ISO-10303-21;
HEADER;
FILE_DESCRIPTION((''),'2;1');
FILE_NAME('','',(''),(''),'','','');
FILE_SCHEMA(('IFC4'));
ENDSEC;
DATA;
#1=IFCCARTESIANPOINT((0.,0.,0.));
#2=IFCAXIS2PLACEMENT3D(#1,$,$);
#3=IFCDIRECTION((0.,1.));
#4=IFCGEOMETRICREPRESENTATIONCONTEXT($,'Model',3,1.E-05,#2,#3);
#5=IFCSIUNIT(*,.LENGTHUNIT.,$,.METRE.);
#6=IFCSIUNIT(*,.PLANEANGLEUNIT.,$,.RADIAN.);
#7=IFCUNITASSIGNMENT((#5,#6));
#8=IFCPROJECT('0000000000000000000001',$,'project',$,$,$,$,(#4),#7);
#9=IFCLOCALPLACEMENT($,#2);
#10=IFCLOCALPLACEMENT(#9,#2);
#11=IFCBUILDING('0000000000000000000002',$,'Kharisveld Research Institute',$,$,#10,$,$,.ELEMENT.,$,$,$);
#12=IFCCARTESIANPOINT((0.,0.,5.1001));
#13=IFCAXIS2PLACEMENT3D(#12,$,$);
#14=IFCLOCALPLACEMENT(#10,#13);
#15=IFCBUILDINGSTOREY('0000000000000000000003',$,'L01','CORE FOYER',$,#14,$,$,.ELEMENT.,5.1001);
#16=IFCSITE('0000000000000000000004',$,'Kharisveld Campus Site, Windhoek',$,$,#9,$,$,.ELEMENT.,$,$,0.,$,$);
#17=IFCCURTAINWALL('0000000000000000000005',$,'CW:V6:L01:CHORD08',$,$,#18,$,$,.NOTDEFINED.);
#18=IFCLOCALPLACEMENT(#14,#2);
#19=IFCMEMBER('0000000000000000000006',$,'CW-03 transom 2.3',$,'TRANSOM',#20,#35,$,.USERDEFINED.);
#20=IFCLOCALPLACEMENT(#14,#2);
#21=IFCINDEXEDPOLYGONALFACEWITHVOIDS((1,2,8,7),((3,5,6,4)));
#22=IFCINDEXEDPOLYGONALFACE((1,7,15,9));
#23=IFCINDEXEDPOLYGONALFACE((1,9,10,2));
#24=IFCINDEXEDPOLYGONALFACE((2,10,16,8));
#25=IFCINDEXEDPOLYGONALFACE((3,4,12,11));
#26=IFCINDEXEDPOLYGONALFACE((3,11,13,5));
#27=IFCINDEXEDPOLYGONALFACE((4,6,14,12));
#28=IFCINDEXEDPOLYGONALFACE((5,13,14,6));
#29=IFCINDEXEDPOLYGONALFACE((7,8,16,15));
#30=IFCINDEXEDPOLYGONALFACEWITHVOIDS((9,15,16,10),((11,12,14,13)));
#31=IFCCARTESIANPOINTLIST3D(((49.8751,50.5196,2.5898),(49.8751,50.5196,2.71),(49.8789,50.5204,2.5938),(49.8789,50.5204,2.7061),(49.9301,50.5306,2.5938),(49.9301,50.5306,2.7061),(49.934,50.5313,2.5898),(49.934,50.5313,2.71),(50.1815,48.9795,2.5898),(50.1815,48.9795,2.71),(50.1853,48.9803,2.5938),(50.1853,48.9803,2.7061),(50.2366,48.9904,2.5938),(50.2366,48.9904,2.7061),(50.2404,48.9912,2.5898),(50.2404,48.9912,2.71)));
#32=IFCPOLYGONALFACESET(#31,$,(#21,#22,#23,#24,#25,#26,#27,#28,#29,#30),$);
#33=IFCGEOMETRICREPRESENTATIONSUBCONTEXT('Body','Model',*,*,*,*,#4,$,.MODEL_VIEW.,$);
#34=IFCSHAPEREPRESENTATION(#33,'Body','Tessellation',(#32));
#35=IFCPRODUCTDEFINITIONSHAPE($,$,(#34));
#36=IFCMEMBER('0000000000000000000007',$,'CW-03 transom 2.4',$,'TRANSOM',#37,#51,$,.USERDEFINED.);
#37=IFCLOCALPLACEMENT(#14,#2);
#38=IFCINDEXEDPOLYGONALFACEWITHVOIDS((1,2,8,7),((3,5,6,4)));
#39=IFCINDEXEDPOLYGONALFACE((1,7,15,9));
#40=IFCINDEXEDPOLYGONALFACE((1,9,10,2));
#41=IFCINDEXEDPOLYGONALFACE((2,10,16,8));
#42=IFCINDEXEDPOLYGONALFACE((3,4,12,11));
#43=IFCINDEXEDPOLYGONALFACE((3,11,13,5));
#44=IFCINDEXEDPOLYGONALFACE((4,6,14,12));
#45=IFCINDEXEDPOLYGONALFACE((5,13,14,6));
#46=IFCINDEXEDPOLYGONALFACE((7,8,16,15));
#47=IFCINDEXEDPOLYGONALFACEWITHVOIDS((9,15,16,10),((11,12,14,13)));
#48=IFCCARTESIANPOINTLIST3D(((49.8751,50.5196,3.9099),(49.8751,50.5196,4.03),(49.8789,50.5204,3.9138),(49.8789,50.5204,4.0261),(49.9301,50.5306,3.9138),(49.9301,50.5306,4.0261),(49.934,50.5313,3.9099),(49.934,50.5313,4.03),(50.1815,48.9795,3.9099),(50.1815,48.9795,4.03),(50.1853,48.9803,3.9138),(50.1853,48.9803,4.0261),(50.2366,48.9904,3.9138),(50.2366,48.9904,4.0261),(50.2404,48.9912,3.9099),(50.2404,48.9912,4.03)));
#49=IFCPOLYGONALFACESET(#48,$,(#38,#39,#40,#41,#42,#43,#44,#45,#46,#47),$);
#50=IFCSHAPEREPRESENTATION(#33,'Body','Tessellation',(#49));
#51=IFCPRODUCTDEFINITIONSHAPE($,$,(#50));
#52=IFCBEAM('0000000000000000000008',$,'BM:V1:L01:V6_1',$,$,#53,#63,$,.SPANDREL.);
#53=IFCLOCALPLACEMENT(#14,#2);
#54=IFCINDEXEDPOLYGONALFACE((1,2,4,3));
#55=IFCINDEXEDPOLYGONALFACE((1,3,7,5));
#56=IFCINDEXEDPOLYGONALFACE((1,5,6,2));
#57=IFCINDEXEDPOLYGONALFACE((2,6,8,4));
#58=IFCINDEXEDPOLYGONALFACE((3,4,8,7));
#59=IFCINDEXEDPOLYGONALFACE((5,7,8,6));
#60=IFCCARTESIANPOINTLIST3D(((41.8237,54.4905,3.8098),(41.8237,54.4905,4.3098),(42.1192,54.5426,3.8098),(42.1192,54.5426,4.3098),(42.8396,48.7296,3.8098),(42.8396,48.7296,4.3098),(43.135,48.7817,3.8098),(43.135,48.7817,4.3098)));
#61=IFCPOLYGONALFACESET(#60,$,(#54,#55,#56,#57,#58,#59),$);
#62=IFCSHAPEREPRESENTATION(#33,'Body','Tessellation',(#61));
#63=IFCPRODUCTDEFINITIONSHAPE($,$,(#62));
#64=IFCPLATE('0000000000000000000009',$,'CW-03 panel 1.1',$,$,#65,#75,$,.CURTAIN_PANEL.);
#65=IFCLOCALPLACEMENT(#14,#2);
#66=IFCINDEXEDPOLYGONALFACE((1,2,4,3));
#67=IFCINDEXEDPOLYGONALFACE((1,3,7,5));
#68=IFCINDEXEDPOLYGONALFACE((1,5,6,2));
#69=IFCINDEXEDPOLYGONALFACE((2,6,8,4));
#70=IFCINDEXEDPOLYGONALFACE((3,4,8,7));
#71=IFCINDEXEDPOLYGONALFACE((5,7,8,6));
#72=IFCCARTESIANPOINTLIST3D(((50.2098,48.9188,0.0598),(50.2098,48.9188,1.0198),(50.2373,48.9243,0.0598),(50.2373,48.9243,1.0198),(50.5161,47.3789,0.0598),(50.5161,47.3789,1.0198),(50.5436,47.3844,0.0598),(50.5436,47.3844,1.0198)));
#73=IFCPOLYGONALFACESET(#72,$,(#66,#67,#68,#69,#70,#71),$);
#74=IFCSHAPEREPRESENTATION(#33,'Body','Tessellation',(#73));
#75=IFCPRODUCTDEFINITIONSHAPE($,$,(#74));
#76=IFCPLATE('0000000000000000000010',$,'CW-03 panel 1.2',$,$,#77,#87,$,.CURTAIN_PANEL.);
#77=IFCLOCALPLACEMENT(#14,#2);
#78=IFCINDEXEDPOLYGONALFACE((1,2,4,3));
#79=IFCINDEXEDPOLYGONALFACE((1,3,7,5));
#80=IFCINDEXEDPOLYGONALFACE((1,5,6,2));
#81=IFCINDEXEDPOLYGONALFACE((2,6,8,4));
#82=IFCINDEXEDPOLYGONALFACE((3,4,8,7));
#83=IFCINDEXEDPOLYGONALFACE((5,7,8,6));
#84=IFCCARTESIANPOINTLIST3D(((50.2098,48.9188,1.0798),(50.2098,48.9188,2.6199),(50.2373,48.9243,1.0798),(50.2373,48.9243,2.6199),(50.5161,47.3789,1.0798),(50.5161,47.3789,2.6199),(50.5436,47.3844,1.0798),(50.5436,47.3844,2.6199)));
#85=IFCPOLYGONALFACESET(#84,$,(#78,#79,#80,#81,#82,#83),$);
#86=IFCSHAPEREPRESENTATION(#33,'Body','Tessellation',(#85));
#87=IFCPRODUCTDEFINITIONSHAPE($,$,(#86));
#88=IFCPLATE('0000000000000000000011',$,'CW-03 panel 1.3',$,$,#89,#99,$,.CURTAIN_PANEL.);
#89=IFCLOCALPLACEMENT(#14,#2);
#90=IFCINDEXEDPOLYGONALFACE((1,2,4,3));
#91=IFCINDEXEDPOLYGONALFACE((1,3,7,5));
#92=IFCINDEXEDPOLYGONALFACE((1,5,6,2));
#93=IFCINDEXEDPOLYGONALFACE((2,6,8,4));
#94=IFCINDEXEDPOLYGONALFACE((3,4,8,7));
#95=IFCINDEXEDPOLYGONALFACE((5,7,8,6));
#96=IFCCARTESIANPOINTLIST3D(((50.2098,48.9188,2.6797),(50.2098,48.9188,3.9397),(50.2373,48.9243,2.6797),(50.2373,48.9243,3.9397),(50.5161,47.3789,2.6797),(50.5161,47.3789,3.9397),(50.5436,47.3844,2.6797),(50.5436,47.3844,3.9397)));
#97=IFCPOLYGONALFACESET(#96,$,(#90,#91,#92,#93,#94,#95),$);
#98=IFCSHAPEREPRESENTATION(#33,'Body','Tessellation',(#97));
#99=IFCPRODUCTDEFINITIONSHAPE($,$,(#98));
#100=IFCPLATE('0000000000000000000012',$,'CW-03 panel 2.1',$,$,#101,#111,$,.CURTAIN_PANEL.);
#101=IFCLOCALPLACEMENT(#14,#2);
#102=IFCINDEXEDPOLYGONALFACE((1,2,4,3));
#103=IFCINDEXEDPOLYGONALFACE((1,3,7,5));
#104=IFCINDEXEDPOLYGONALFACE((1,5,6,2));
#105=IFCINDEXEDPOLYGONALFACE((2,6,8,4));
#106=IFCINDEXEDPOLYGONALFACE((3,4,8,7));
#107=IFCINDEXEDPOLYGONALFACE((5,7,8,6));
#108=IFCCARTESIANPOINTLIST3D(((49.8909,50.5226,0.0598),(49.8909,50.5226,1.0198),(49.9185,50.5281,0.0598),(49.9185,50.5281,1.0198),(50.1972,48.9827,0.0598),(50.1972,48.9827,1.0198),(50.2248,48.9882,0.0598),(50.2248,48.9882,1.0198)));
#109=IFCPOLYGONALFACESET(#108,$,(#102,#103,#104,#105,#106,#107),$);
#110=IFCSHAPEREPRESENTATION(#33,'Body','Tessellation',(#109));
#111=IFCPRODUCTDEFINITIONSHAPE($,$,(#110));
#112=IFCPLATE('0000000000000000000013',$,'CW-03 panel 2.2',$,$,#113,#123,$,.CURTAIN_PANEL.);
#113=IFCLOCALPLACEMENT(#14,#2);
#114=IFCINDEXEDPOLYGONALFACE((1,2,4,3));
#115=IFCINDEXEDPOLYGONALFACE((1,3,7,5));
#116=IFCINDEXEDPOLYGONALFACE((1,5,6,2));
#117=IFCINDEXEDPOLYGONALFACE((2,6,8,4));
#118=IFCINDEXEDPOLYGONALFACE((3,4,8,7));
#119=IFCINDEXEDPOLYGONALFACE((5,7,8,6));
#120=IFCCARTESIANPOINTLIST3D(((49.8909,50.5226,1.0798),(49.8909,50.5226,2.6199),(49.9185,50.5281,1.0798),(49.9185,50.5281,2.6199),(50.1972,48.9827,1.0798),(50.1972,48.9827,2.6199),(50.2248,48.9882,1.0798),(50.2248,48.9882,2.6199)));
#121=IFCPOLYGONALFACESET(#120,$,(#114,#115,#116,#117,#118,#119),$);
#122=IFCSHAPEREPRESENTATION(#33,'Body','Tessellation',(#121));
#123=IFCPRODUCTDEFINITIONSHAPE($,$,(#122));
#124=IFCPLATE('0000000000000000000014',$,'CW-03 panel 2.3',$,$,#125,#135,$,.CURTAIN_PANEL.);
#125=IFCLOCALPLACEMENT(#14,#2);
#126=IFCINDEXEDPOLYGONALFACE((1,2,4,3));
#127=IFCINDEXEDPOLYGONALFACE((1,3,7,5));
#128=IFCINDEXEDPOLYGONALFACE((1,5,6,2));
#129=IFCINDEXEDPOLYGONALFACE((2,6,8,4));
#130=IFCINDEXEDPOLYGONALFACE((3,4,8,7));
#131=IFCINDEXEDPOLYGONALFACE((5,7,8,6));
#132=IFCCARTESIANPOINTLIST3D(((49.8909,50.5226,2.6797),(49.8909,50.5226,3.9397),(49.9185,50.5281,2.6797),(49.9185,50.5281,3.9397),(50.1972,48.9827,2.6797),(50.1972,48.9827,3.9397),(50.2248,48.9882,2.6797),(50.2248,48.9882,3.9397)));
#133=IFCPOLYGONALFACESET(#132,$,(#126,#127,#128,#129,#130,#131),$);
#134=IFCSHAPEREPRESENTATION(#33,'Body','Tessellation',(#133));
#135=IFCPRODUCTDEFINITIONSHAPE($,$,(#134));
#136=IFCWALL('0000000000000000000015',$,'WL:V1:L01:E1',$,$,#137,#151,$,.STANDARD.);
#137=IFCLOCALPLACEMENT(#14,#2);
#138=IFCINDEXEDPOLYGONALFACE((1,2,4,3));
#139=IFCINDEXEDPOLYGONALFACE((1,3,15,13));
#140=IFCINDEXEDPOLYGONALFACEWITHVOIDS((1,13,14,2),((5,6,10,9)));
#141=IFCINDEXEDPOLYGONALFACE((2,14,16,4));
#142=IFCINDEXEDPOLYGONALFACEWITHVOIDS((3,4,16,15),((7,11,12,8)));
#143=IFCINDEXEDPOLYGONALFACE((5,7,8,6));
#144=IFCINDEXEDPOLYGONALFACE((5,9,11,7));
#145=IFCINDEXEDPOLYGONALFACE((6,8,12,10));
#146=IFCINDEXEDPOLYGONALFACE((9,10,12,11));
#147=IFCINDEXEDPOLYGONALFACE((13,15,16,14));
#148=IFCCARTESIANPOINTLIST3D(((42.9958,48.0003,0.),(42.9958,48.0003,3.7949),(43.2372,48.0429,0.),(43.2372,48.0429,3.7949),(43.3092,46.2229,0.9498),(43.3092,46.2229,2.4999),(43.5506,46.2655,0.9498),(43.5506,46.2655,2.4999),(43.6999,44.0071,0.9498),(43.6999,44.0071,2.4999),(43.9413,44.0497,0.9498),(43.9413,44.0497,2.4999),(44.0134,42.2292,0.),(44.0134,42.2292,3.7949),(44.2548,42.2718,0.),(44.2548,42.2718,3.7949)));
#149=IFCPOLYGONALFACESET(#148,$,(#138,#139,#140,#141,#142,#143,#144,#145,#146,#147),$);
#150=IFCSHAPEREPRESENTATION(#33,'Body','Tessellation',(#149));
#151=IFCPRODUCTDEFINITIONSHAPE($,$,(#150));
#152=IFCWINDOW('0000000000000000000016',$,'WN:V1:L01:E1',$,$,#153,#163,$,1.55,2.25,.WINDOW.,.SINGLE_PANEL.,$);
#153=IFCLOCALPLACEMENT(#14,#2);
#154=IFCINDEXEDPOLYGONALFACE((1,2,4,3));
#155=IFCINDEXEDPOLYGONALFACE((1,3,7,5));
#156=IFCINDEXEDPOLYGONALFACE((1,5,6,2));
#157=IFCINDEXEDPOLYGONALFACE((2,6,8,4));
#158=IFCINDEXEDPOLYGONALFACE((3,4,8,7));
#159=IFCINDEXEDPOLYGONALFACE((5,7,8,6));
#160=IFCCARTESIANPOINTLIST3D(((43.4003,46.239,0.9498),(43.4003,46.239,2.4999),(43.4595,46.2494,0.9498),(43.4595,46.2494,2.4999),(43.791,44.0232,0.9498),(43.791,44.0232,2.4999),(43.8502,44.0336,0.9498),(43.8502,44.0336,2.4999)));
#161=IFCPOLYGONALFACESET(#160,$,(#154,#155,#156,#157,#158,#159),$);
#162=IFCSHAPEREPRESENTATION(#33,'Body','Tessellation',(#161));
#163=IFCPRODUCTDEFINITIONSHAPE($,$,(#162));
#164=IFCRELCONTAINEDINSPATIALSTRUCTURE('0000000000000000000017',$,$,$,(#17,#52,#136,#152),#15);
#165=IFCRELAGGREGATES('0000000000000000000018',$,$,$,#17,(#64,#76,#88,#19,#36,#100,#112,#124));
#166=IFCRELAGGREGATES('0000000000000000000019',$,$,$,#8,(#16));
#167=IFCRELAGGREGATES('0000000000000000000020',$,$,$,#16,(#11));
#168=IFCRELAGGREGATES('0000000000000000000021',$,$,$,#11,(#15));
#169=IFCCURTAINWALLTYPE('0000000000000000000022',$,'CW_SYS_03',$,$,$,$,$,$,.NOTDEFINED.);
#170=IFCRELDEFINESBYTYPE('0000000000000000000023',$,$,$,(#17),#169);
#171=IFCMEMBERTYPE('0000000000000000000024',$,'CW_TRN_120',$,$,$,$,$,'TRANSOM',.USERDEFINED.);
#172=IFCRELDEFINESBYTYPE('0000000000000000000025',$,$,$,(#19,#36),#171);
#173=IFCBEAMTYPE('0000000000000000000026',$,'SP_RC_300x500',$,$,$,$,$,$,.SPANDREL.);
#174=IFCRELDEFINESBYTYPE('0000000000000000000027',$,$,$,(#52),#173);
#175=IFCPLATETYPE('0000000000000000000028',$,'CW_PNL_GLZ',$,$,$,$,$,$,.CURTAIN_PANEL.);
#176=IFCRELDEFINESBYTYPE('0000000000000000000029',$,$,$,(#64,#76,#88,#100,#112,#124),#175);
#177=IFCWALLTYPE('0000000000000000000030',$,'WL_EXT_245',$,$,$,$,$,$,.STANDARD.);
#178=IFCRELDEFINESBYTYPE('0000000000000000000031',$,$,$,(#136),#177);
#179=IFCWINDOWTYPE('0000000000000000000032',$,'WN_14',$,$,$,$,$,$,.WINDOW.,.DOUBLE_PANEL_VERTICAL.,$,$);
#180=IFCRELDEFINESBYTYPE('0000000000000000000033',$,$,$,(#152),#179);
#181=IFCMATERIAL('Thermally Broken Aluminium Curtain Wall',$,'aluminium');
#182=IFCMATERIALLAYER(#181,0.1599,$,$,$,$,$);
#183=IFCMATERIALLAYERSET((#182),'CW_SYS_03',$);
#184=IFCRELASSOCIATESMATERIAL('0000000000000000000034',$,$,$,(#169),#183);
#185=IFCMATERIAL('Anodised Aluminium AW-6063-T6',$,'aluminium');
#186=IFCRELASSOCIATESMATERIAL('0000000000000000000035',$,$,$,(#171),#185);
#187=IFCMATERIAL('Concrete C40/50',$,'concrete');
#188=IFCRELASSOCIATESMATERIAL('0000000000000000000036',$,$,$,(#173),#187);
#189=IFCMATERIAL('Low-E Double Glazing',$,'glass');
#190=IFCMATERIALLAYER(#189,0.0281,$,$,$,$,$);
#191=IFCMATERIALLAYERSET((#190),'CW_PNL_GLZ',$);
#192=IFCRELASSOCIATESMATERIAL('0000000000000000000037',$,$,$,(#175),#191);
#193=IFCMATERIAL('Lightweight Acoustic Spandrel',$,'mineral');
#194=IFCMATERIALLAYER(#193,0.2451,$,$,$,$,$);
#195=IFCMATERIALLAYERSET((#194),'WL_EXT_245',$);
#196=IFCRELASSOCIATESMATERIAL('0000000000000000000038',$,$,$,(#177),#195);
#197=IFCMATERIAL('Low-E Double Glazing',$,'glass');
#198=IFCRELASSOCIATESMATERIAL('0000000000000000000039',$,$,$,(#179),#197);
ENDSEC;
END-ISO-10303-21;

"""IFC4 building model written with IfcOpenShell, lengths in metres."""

from ifc_helpers import new_model, si_unit, direction, frame, frame_2d, origin, origin_2d, place, context, subcontext, project, spatial, rectangle, hollow_rectangle, extrude, material, layer, layer_set, material_profile, profile_set, type_object, element, fill, aggregate, save


model = new_model("IFC4")

# Units and contexts
model_context = context("Model", 3, precision=1e-05, world=origin(), true_north=direction((0.0, 1.0)))
body_context = subcontext(model_context, "Body", "Model", "MODEL_VIEW")
ifc_project = project(units=[si_unit("LENGTHUNIT", "METRE"), si_unit("PLANEANGLEUNIT", "RADIAN")], contexts=[model_context])

# Site, building, storey
site_placement = place(None, origin())
site = spatial("IfcSite", under=ifc_project, at=site_placement, Name="Kharisveld Campus Site, Windhoek", CompositionType="ELEMENT", RefElevation=0.0)
building_placement = place(site_placement, origin())
building = spatial("IfcBuilding", under=site, at=building_placement, Name="Kharisveld Research Institute", CompositionType="ELEMENT")
storey_placement = place(building_placement, frame((0.0, 0.0, 5.1001)))
storey = spatial("IfcBuildingStorey", under=building, at=storey_placement, Name="L01", Description="CORE FOYER", CompositionType="ELEMENT", Elevation=5.1001)

# Curtain wall, members
ifc_material_1 = material(Name="Thermally Broken Aluminium Curtain Wall", Category="aluminium")
ifc_layer_1 = layer(ifc_material_1, 0.1599)
ifc_layer_set_1 = layer_set([ifc_layer_1], Name="CW_SYS_03")
curtain_wall_type_1 = type_object("IfcCurtainWallType", Name="CW_SYS_03", PredefinedType="NOTDEFINED", material=ifc_layer_set_1)
curtain_wall_1_placement = place(storey_placement, origin())
curtain_wall_1 = element("IfcCurtainWall", 1, at=curtain_wall_1_placement, inside=storey, type_object=curtain_wall_type_1, Name="CW:V6:L01:CHORD08", PredefinedType="NOTDEFINED")
ifc_material_2 = material(Name="Anodised Aluminium AW-6063-T6", Category="aluminium")
ifc_material_profile_1 = material_profile(ifc_material_2, hollow_rectangle(XDim=0.0601, YDim=0.1201, WallThickness=0.0039, at=origin_2d()))
ifc_profile_set_1 = profile_set([ifc_material_profile_1], Name="Anodised Aluminium AW-6063-T6")
member_type_1 = type_object("IfcMemberType", Name="CW_TRN_120", ElementType="TRANSOM", PredefinedType="USERDEFINED", material=ifc_profile_set_1)
member_1_placement = place(storey_placement, frame((50.2109, 48.9854, 2.6499), z_axis=(-0.195129, 0.980778, 0.0), x_axis=(-0.980778, -0.195129, 0.0)))
member_1 = element("IfcMember", 2, at=member_1_placement, type_object=member_type_1, Name="CW-03 transom 2.3", ObjectType="TRANSOM", PredefinedType="USERDEFINED", context=body_context, shape_type="SweptSolid", body=[
    extrude(hollow_rectangle(XDim=0.0601, YDim=0.1201, WallThickness=0.0039, at=origin_2d()), origin(), (0.0, 0.0, 1.0), 1.5703),
])
member_2_placement = place(storey_placement, frame((50.2109, 48.9854, 3.97), z_axis=(-0.195129, 0.980778, 0.0), x_axis=(-0.980778, -0.195129, 0.0)))
member_2 = element("IfcMember", 3, at=member_2_placement, type_object=member_type_1, Name="CW-03 transom 2.4", ObjectType="TRANSOM", PredefinedType="USERDEFINED", context=body_context, shape_type="SweptSolid", body=[
    extrude(hollow_rectangle(XDim=0.0601, YDim=0.1201, WallThickness=0.0039, at=origin_2d()), origin(), (0.0, 0.0, 1.0), 1.5703),
])

# Beam
ifc_material_3 = material(Name="Concrete C40/50", Category="concrete")
ifc_material_profile_2 = material_profile(ifc_material_3, rectangle(XDim=0.3, YDim=0.5, at=origin_2d()))
ifc_profile_set_2 = profile_set([ifc_material_profile_2], Name="Concrete C40/50")
beam_type_1 = type_object("IfcBeamType", Name="SP_RC_300x500", PredefinedType="SPANDREL", material=ifc_profile_set_2)
beam_1_placement = place(storey_placement, frame((42.9873, 48.7556, 4.0598), z_axis=(-0.173657, 0.984806, 0.0), x_axis=(-0.984806, -0.173657, 0.0)))
element("IfcBeam", 4, at=beam_1_placement, inside=storey, type_object=beam_type_1, Name="BM:V1:L01:V6_1", PredefinedType="SPANDREL", context=body_context, shape_type="SweptSolid", body=[
    extrude(rectangle(XDim=0.3, YDim=0.5, at=origin_2d()), origin(), (0.0, 0.0, 1.0), 5.8499),
])

# Plates
ifc_material_4 = material(Name="Low-E Double Glazing", Category="glass")
ifc_layer_2 = layer(ifc_material_4, 0.0281)
ifc_layer_set_2 = layer_set([ifc_layer_2], Name="CW_PNL_GLZ")
plate_type = type_object("IfcPlateType", Name="CW_PNL_GLZ", PredefinedType="CURTAIN_PANEL", material=ifc_layer_set_2)
plate_1_placement = place(storey_placement, frame((50.3767, 48.1516, 0.0598), z_axis=(0.0, 0.0, 1.0), x_axis=(-0.195091, 0.980785, 0.0)))
plate_1 = element("IfcPlate", 5, at=plate_1_placement, type_object=plate_type, Name="CW-03 panel 1.1", PredefinedType="CURTAIN_PANEL", context=body_context, shape_type="SweptSolid", body=[
    extrude(rectangle(XDim=1.5701, YDim=0.0281, at=origin_2d()), origin(), (0.0, 0.0, 1.0), 0.96),
])
plate_2_placement = place(storey_placement, frame((50.3767, 48.1516, 1.0798), z_axis=(0.0, 0.0, 1.0), x_axis=(-0.195091, 0.980785, 0.0)))
plate_2 = element("IfcPlate", 6, at=plate_2_placement, type_object=plate_type, Name="CW-03 panel 1.2", PredefinedType="CURTAIN_PANEL", context=body_context, shape_type="SweptSolid", body=[
    extrude(rectangle(XDim=1.5701, YDim=0.0281, at=origin_2d()), origin(), (0.0, 0.0, 1.0), 1.54),
])
plate_3_placement = place(storey_placement, frame((50.3767, 48.1516, 2.6797), z_axis=(0.0, 0.0, 1.0), x_axis=(-0.195091, 0.980785, 0.0)))
plate_3 = element("IfcPlate", 7, at=plate_3_placement, type_object=plate_type, Name="CW-03 panel 1.3", PredefinedType="CURTAIN_PANEL", context=body_context, shape_type="SweptSolid", body=[
    extrude(rectangle(XDim=1.5701, YDim=0.0281, at=origin_2d()), origin(), (0.0, 0.0, 1.0), 1.26),
])
plate_4_placement = place(storey_placement, frame((50.0579, 49.7554, 0.0598), z_axis=(0.0, 0.0, 1.0), x_axis=(-0.195091, 0.980785, 0.0)))
plate_4 = element("IfcPlate", 8, at=plate_4_placement, type_object=plate_type, Name="CW-03 panel 2.1", PredefinedType="CURTAIN_PANEL", context=body_context, shape_type="SweptSolid", body=[
    extrude(rectangle(XDim=1.5701, YDim=0.0281, at=origin_2d()), origin(), (0.0, 0.0, 1.0), 0.96),
])
plate_5_placement = place(storey_placement, frame((50.0579, 49.7554, 1.0798), z_axis=(0.0, 0.0, 1.0), x_axis=(-0.195091, 0.980785, 0.0)))
plate_5 = element("IfcPlate", 9, at=plate_5_placement, type_object=plate_type, Name="CW-03 panel 2.2", PredefinedType="CURTAIN_PANEL", context=body_context, shape_type="SweptSolid", body=[
    extrude(rectangle(XDim=1.5701, YDim=0.0281, at=origin_2d()), origin(), (0.0, 0.0, 1.0), 1.54),
])
plate_6_placement = place(storey_placement, frame((50.0579, 49.7554, 2.6797), z_axis=(0.0, 0.0, 1.0), x_axis=(-0.195091, 0.980785, 0.0)))
plate_6 = element("IfcPlate", 10, at=plate_6_placement, type_object=plate_type, Name="CW-03 panel 2.3", PredefinedType="CURTAIN_PANEL", context=body_context, shape_type="SweptSolid", body=[
    extrude(rectangle(XDim=1.5701, YDim=0.0281, at=origin_2d()), origin(), (0.0, 0.0, 1.0), 1.26),
])
aggregate(curtain_wall_1, [plate_1, plate_2, plate_3, member_1, member_2, plate_4, plate_5, plate_6])

# Wall, opening, window
ifc_material_5 = material(Name="Lightweight Acoustic Spandrel", Category="mineral")
ifc_layer_3 = layer(ifc_material_5, 0.2451)
ifc_layer_set_3 = layer_set([ifc_layer_3], Name="WL_EXT_245")
wall_type_1 = type_object("IfcWallType", Name="WL_EXT_245", PredefinedType="STANDARD", material=ifc_layer_set_3)
wall_1_placement = place(storey_placement, frame((43.1165, 48.0217, 0.0), z_axis=(0.0, 0.0, 1.0), x_axis=(0.173647, -0.984808, 0.0)))
wall_1 = element("IfcWall", 11, at=wall_1_placement, inside=storey, type_object=wall_type_1, Name="WL:V1:L01:E1", PredefinedType="STANDARD", context=body_context, shape_type="SweptSolid", body=[
    extrude(rectangle(XDim=5.8601, YDim=0.2451, at=frame_2d((2.9302, 0.0))), origin(), (0.0, 0.0, 1.0), 3.7949),
])
opening_1_placement = place(wall_1_placement, frame((1.8049, 0.0, 0.95)))
opening_1 = element("IfcOpeningElement", 12, at=opening_1_placement, cuts=wall_1, PredefinedType="OPENING", context=body_context, shape_type="SweptSolid", body=[
    extrude(rectangle(XDim=2.25, YDim=1.55, at=frame_2d((1.125, 0.7749))), frame((0.0, 0.1226, 0.0), z_axis=(0.0, -1.0, 0.0), x_axis=(1.0, 0.0, 0.0)), (0.0, 0.0, 1.0), 0.2451),
])
ifc_material_6 = material(Name="Low-E Double Glazing", Category="glass")
window_type = type_object("IfcWindowType", Name="WN_14", PartitioningType="DOUBLE_PANEL_VERTICAL", PredefinedType="WINDOW", material=ifc_material_6)
window_placement = place(opening_1_placement, origin())
window = element("IfcWindow", 13, at=window_placement, inside=storey, type_object=window_type, Name="WN:V1:L01:E1", OverallHeight=1.55, OverallWidth=2.25, PartitioningType="SINGLE_PANEL", PredefinedType="WINDOW", context=body_context, shape_type="SweptSolid", body=[
    extrude(rectangle(XDim=2.25, YDim=1.55, at=frame_2d((1.125, 0.7749))), frame((0.0, 0.03, 0.0), z_axis=(0.0, -1.0, 0.0), x_axis=(1.0, 0.0, 0.0)), (0.0, 0.0, 1.0), 0.0601),
])
fill(opening_1, window)

save(model, "model.ifc")
